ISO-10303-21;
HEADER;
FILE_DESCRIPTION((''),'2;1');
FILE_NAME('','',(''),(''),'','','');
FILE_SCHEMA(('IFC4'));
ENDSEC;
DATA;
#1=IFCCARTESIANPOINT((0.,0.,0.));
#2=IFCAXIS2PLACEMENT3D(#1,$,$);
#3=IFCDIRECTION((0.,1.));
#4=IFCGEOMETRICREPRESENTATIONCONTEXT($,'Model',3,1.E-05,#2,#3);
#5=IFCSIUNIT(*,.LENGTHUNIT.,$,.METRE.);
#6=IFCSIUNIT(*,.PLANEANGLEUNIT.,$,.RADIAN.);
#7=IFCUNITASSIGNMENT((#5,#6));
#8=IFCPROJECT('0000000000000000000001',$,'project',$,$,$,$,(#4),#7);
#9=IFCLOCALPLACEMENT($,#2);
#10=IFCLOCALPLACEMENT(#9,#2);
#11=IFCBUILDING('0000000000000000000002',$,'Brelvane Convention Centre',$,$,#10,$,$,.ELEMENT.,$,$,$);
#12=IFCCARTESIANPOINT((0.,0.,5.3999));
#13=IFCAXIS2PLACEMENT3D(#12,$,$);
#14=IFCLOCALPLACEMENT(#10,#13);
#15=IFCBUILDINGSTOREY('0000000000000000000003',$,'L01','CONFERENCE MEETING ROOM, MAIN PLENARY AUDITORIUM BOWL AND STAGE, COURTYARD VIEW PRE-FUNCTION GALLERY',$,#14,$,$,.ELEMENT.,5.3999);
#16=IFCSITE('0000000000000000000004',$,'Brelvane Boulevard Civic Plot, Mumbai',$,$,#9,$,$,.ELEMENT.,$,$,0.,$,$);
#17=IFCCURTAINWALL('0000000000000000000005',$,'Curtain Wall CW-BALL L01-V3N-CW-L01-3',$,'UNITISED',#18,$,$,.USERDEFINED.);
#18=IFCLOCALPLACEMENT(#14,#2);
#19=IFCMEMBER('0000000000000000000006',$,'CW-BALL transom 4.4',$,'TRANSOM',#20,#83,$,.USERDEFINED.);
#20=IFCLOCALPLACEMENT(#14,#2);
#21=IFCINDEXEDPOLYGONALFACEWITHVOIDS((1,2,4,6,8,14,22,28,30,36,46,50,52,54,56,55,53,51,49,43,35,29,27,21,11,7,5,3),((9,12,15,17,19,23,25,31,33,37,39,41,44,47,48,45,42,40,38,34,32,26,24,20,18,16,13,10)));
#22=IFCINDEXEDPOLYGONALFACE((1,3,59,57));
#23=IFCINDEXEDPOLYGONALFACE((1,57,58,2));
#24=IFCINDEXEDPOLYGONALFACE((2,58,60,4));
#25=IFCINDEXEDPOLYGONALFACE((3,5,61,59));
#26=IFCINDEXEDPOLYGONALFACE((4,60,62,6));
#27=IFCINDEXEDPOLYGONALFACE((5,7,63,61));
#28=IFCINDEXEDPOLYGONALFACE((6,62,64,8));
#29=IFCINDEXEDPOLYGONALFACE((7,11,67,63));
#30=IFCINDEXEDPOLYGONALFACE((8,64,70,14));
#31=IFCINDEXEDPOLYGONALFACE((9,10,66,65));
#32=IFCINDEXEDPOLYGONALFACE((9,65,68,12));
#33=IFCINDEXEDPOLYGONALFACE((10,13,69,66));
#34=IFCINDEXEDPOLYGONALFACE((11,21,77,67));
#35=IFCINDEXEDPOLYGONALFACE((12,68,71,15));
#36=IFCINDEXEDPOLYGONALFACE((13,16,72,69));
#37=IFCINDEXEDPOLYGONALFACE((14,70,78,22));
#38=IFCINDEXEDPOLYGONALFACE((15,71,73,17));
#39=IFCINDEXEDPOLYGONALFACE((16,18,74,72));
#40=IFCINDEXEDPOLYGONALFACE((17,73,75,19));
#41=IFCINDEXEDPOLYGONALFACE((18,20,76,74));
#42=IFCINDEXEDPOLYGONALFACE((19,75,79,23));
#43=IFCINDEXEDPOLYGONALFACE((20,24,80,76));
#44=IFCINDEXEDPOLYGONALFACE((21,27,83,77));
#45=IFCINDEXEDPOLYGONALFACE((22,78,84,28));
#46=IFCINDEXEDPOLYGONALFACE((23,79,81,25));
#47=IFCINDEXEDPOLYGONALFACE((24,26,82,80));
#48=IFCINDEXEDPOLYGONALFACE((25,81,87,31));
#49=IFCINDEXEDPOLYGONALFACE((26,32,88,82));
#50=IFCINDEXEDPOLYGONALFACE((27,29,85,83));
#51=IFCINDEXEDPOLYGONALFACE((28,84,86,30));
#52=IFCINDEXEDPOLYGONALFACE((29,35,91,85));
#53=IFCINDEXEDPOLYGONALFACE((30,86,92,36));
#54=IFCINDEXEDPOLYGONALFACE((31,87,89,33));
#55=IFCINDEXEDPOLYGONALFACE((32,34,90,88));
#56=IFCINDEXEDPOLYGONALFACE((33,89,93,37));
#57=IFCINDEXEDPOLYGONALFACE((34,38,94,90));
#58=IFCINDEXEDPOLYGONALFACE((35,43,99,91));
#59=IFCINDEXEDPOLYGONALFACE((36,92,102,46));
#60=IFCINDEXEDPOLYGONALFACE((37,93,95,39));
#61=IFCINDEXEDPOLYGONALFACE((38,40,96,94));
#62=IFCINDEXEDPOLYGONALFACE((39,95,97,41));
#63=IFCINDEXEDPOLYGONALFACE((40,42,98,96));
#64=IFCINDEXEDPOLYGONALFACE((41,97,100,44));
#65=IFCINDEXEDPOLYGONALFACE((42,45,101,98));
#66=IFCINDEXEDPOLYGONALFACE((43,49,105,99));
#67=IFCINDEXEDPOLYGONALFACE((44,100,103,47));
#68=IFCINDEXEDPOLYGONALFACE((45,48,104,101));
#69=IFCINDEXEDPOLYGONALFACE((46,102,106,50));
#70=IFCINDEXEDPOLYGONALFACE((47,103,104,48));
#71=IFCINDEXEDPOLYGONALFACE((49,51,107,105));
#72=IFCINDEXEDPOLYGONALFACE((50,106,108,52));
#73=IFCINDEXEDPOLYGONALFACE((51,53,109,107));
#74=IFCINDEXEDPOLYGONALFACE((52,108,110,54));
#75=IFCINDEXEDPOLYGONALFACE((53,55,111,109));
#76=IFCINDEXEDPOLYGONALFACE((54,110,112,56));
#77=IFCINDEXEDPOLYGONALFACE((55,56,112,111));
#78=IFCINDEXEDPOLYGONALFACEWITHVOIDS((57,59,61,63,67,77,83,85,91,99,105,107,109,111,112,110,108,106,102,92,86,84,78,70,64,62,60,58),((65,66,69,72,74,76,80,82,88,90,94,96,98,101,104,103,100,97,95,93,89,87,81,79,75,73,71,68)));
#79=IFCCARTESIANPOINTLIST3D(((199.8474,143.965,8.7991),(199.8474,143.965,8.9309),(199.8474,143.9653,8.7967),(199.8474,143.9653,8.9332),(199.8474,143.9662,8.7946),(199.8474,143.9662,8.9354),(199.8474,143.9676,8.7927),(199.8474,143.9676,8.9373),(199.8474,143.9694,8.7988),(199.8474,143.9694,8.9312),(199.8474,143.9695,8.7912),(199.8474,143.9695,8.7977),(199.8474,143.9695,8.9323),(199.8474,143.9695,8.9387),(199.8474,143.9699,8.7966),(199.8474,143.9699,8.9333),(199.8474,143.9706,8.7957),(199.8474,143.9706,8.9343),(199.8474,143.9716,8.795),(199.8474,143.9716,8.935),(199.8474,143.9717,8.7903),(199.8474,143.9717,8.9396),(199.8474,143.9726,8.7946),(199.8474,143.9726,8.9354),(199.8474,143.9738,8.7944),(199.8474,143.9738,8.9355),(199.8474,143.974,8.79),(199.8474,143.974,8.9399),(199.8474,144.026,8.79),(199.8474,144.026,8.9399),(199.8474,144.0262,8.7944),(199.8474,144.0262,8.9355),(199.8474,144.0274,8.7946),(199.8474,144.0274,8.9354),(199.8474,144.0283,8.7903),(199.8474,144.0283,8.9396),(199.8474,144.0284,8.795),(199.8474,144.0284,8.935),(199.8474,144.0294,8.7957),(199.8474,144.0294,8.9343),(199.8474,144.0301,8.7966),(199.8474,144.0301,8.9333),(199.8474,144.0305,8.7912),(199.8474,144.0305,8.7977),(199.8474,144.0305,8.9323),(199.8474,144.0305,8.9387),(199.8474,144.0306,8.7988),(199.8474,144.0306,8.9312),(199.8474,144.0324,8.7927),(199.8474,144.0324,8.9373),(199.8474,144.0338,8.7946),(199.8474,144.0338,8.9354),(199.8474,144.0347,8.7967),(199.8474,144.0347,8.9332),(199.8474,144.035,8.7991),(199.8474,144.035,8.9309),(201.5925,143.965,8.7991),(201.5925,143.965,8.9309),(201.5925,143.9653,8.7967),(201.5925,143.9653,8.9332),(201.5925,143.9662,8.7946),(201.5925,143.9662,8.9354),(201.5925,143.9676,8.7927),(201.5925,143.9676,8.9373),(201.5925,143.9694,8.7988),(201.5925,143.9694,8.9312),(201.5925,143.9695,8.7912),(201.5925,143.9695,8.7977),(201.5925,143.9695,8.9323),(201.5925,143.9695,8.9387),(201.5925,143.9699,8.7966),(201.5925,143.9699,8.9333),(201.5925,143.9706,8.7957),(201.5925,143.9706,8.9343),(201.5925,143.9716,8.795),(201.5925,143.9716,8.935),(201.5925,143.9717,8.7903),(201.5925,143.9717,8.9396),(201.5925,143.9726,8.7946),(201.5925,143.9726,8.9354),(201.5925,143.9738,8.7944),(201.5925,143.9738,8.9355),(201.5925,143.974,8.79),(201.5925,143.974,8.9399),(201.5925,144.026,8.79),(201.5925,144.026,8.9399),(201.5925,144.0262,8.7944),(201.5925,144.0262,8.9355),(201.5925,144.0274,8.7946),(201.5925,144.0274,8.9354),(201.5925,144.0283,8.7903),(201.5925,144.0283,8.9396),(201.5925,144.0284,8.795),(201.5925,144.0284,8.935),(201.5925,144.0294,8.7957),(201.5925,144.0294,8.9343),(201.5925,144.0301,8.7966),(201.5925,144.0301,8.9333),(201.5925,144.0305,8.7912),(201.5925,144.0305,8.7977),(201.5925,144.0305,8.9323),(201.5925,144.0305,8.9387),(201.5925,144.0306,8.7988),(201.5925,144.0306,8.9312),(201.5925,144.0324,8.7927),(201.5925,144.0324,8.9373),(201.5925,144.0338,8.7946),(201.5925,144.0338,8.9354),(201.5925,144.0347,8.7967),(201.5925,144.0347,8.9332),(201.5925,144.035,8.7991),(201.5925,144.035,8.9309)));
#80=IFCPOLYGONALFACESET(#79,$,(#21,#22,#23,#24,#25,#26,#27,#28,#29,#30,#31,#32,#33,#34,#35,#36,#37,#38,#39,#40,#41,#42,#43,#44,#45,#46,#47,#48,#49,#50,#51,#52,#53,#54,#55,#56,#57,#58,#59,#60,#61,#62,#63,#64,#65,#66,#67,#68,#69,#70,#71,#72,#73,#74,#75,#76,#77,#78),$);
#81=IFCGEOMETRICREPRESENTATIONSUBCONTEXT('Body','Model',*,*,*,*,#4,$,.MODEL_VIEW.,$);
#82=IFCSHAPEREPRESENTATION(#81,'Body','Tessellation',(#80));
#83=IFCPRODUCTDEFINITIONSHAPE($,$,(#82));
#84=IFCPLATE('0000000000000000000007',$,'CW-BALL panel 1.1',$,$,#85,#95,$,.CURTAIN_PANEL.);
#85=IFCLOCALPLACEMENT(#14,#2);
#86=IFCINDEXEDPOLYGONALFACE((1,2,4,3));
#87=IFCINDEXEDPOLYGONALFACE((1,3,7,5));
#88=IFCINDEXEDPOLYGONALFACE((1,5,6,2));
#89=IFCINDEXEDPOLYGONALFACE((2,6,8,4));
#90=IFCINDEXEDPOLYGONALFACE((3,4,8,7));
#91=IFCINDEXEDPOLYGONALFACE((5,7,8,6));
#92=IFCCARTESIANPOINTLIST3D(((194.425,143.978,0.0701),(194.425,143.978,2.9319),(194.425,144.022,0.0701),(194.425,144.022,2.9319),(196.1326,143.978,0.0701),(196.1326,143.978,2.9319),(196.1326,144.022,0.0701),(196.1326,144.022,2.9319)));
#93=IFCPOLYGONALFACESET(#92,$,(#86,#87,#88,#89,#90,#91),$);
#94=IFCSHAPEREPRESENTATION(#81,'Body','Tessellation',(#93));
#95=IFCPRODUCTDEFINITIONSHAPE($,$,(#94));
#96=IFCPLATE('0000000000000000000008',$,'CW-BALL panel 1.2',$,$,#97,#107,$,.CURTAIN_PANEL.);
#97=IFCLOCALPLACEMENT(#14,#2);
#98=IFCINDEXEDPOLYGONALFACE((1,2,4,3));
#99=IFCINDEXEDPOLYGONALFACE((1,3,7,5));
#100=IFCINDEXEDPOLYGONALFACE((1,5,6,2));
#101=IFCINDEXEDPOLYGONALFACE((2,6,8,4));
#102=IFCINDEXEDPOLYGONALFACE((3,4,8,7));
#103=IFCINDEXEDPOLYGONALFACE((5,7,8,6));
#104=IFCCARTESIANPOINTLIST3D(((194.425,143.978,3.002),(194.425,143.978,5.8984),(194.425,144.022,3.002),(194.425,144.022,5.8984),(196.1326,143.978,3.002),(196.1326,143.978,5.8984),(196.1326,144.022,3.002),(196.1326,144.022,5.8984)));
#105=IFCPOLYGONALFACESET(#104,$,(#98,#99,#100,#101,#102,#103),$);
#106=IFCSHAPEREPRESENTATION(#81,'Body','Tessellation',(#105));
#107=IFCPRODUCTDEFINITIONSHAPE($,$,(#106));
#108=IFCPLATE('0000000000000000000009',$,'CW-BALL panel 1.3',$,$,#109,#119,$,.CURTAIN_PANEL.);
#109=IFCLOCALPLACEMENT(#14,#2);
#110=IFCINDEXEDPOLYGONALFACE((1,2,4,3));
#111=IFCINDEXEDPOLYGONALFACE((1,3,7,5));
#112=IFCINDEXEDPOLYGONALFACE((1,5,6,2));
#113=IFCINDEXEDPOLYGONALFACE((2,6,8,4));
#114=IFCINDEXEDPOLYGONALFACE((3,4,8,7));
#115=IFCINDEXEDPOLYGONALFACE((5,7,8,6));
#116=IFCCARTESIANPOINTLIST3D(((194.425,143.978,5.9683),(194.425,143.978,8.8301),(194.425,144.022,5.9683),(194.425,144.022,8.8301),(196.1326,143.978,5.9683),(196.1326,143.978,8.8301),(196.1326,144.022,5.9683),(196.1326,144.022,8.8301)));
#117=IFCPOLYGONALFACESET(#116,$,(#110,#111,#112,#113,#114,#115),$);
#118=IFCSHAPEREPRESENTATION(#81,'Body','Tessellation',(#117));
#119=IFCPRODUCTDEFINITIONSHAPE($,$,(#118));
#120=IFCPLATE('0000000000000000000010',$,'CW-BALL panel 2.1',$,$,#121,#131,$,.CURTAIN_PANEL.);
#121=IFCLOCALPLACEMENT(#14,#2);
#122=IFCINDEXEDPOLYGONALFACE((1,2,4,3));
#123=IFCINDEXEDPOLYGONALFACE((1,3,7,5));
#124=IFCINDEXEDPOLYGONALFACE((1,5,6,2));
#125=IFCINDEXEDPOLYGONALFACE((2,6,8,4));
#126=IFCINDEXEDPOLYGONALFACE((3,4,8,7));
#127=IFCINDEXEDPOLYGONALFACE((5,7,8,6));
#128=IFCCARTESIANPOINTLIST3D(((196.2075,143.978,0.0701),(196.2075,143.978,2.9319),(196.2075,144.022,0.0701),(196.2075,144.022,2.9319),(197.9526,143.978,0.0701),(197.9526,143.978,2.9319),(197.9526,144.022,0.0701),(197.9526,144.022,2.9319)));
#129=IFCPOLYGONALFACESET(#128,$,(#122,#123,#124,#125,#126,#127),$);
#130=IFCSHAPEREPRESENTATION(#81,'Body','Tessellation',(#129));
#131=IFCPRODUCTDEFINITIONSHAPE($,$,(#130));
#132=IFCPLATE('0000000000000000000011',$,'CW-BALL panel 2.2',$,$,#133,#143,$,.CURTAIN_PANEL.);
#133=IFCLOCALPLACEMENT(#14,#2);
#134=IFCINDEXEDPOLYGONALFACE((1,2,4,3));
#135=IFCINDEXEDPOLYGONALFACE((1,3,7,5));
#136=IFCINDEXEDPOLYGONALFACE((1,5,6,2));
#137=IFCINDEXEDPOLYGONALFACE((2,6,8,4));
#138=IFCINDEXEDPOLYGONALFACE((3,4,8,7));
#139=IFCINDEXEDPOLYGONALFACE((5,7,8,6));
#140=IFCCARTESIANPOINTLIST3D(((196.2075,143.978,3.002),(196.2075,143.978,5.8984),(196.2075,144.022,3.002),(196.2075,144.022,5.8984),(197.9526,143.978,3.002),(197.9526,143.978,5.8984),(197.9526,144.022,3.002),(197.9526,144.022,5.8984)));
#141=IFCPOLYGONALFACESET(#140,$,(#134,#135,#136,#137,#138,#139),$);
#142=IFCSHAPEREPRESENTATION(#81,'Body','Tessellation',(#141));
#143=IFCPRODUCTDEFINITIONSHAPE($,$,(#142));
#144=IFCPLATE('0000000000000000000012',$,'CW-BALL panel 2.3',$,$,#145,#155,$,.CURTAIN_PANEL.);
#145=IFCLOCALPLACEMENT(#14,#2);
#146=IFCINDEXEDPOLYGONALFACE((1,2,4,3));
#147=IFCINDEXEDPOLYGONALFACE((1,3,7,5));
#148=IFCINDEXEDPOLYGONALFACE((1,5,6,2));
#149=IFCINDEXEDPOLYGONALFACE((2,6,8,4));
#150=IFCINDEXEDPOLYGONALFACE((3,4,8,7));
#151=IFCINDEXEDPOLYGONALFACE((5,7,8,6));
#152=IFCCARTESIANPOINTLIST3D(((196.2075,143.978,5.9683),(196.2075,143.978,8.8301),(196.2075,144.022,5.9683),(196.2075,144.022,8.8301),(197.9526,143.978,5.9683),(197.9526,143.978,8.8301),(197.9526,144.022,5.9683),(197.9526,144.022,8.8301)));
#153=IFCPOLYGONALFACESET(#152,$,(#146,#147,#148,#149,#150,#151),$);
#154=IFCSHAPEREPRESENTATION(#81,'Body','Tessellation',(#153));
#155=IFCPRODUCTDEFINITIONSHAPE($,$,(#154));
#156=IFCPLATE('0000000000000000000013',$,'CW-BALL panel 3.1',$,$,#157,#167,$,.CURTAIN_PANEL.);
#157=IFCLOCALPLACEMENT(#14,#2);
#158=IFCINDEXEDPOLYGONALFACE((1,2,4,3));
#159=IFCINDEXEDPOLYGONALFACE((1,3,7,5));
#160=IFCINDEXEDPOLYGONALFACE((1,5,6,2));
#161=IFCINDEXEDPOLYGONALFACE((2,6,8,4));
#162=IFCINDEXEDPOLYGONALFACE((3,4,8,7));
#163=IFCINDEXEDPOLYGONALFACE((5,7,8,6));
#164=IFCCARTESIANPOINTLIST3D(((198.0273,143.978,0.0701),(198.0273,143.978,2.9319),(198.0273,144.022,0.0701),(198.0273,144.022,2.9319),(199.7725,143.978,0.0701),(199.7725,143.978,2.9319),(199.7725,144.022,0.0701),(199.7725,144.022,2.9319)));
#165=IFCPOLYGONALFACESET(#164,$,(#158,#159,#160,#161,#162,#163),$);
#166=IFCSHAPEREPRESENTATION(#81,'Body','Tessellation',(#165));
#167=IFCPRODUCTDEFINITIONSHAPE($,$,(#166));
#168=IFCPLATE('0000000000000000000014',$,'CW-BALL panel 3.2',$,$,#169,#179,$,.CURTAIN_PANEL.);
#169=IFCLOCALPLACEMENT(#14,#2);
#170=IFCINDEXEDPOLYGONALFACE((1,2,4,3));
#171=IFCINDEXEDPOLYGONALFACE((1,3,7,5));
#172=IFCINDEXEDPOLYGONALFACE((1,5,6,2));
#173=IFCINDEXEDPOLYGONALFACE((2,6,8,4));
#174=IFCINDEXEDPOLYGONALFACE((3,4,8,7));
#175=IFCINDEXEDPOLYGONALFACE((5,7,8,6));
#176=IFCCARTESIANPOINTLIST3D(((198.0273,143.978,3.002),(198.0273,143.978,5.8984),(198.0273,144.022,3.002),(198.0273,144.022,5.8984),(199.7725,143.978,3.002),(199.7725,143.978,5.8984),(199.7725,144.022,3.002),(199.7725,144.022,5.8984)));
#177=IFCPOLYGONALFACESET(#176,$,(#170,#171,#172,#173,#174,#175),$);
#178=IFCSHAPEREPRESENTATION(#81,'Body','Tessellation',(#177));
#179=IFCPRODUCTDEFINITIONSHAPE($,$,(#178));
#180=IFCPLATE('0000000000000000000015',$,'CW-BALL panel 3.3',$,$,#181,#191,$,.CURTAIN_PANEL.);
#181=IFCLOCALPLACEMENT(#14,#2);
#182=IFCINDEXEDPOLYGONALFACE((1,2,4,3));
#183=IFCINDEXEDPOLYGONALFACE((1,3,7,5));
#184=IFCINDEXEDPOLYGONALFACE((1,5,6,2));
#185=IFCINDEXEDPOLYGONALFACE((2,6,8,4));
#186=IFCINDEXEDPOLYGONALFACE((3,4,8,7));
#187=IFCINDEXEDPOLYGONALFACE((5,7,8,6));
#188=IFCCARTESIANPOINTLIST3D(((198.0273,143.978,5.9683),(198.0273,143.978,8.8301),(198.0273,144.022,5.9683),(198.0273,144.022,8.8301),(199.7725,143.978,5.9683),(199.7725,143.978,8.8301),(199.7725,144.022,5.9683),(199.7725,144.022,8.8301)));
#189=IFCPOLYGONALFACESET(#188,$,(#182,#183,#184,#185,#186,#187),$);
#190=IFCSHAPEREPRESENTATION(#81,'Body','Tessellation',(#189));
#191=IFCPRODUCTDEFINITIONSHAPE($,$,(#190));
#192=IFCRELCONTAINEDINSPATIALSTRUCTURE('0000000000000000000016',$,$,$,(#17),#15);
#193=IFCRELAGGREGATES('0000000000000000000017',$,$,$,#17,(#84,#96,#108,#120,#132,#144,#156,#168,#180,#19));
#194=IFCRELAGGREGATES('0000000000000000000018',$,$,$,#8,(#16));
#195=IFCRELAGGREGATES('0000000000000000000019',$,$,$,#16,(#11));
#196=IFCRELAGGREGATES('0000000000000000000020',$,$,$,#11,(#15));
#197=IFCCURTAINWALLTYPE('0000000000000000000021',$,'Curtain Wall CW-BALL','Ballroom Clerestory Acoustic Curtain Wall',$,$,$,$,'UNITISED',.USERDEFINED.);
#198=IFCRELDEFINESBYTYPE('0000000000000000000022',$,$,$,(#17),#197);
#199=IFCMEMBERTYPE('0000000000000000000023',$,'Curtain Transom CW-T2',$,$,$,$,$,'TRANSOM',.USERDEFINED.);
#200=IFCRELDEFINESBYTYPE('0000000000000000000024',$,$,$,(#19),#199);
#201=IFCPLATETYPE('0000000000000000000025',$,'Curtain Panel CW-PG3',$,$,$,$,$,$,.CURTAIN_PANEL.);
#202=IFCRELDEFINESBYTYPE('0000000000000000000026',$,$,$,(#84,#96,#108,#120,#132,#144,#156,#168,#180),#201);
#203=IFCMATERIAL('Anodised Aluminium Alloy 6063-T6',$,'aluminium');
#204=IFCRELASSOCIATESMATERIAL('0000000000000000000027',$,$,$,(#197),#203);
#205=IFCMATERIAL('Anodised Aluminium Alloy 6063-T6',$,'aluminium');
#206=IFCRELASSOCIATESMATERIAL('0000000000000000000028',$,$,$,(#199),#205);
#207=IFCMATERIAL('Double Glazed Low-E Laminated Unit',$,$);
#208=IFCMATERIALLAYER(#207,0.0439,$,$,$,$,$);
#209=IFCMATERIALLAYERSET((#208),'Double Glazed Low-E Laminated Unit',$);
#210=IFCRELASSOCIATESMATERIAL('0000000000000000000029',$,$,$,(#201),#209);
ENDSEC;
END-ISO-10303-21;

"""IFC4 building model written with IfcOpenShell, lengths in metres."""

from ifc_helpers import new_model, si_unit, direction, frame, origin, origin_2d, place, context, subcontext, project, spatial, rectangle, hollow_rectangle, extrude, material, layer, layer_set, material_profile, profile_set, type_object, element, aggregate, save


model = new_model("IFC4")

# Units and contexts
model_context = context("Model", 3, precision=1e-05, world=origin(), true_north=direction((0.0, 1.0)))
body_context = subcontext(model_context, "Body", "Model", "MODEL_VIEW")
ifc_project = project(units=[si_unit("LENGTHUNIT", "METRE"), si_unit("PLANEANGLEUNIT", "RADIAN")], contexts=[model_context])

# Site, building, storey
site_placement = place(None, origin())
site = spatial("IfcSite", under=ifc_project, at=site_placement, Name="Brelvane Boulevard Civic Plot, Mumbai", CompositionType="ELEMENT", RefElevation=0.0)
building_placement = place(site_placement, origin())
building = spatial("IfcBuilding", under=site, at=building_placement, Name="Brelvane Convention Centre", CompositionType="ELEMENT")
storey_placement = place(building_placement, frame((0.0, 0.0, 5.3999)))
storey = spatial("IfcBuildingStorey", under=building, at=storey_placement, Name="L01", Description="CONFERENCE MEETING ROOM, MAIN PLENARY AUDITORIUM BOWL AND STAGE, COURTYARD VIEW PRE-FUNCTION GALLERY", CompositionType="ELEMENT", Elevation=5.3999)

# Shared definitions
ifc_material_1 = material(Name="Anodised Aluminium Alloy 6063-T6", Category="aluminium")
curtain_wall_type = type_object("IfcCurtainWallType", Name="Curtain Wall CW-BALL", Description="Ballroom Clerestory Acoustic Curtain Wall", ElementType="UNITISED", PredefinedType="USERDEFINED", material=ifc_material_1)

# Curtain wall, member, plates
curtain_wall_1_placement = place(storey_placement, origin())
curtain_wall_1 = element("IfcCurtainWall", 1, at=curtain_wall_1_placement, inside=storey, type_object=curtain_wall_type, Name="Curtain Wall CW-BALL L01-V3N-CW-L01-3", ObjectType="UNITISED", PredefinedType="USERDEFINED")
ifc_material_2 = material(Name="Anodised Aluminium Alloy 6063-T6", Category="aluminium")
ifc_material_profile_1 = material_profile(ifc_material_2, hollow_rectangle(XDim=0.0701, YDim=0.1499, WallThickness=0.0044, InnerFilletRadius=0.0044, OuterFilletRadius=0.009, at=origin_2d()), Name="ALU-T 150x70x4.5")
ifc_profile_set_1 = profile_set([ifc_material_profile_1], Name="Anodised Aluminium Alloy 6063-T6")
member_type_1 = type_object("IfcMemberType", Name="Curtain Transom CW-T2", ElementType="TRANSOM", PredefinedType="USERDEFINED", material=ifc_profile_set_1)
member_1_placement = place(storey_placement, frame((199.8474, 144.0, 8.865), z_axis=(1.0, 0.0, 0.0), x_axis=(0.0, 1.0, 0.0)))
member_1 = element("IfcMember", 2, at=member_1_placement, type_object=member_type_1, Name="CW-BALL transom 4.4", ObjectType="TRANSOM", PredefinedType="USERDEFINED", context=body_context, shape_type="SweptSolid", body=[
    extrude(hollow_rectangle(XDim=0.0701, YDim=0.1499, WallThickness=0.0044, InnerFilletRadius=0.0044, OuterFilletRadius=0.009, at=origin_2d()), origin(), (0.0, 0.0, 1.0), 1.7451),
])
ifc_material_3 = material(Name="Double Glazed Low-E Laminated Unit")
ifc_layer = layer(ifc_material_3, 0.0439)
ifc_layer_set = layer_set([ifc_layer], Name="Double Glazed Low-E Laminated Unit")
plate_type = type_object("IfcPlateType", Name="Curtain Panel CW-PG3", PredefinedType="CURTAIN_PANEL", material=ifc_layer_set)
plate_1_placement = place(storey_placement, frame((195.2788, 144.0, 0.0701), z_axis=(0.0, 0.0, 1.0), x_axis=(1.0, 0.0, 0.0)))
plate_1 = element("IfcPlate", 3, at=plate_1_placement, type_object=plate_type, Name="CW-BALL panel 1.1", PredefinedType="CURTAIN_PANEL", context=body_context, shape_type="SweptSolid", body=[
    extrude(rectangle(XDim=1.7075, YDim=0.0439, at=origin_2d()), origin(), (0.0, 0.0, 1.0), 2.8618),
])
plate_2_placement = place(storey_placement, frame((195.2788, 144.0, 3.002), z_axis=(0.0, 0.0, 1.0), x_axis=(1.0, 0.0, 0.0)))
plate_2 = element("IfcPlate", 4, at=plate_2_placement, type_object=plate_type, Name="CW-BALL panel 1.2", PredefinedType="CURTAIN_PANEL", context=body_context, shape_type="SweptSolid", body=[
    extrude(rectangle(XDim=1.7075, YDim=0.0439, at=origin_2d()), origin(), (0.0, 0.0, 1.0), 2.8965),
])
plate_3_placement = place(storey_placement, frame((195.2788, 144.0, 5.9683), z_axis=(0.0, 0.0, 1.0), x_axis=(1.0, 0.0, 0.0)))
plate_3 = element("IfcPlate", 5, at=plate_3_placement, type_object=plate_type, Name="CW-BALL panel 1.3", PredefinedType="CURTAIN_PANEL", context=body_context, shape_type="SweptSolid", body=[
    extrude(rectangle(XDim=1.7075, YDim=0.0439, at=origin_2d()), origin(), (0.0, 0.0, 1.0), 2.8618),
])
plate_4_placement = place(storey_placement, frame((197.0801, 144.0, 0.0701), z_axis=(0.0, 0.0, 1.0), x_axis=(1.0, 0.0, 0.0)))
plate_4 = element("IfcPlate", 6, at=plate_4_placement, type_object=plate_type, Name="CW-BALL panel 2.1", PredefinedType="CURTAIN_PANEL", context=body_context, shape_type="SweptSolid", body=[
    extrude(rectangle(XDim=1.7451, YDim=0.0439, at=origin_2d()), origin(), (0.0, 0.0, 1.0), 2.8618),
])
plate_5_placement = place(storey_placement, frame((197.0801, 144.0, 3.002), z_axis=(0.0, 0.0, 1.0), x_axis=(1.0, 0.0, 0.0)))
plate_5 = element("IfcPlate", 7, at=plate_5_placement, type_object=plate_type, Name="CW-BALL panel 2.2", PredefinedType="CURTAIN_PANEL", context=body_context, shape_type="SweptSolid", body=[
    extrude(rectangle(XDim=1.7451, YDim=0.0439, at=origin_2d()), origin(), (0.0, 0.0, 1.0), 2.8965),
])
plate_6_placement = place(storey_placement, frame((197.0801, 144.0, 5.9683), z_axis=(0.0, 0.0, 1.0), x_axis=(1.0, 0.0, 0.0)))
plate_6 = element("IfcPlate", 8, at=plate_6_placement, type_object=plate_type, Name="CW-BALL panel 2.3", PredefinedType="CURTAIN_PANEL", context=body_context, shape_type="SweptSolid", body=[
    extrude(rectangle(XDim=1.7451, YDim=0.0439, at=origin_2d()), origin(), (0.0, 0.0, 1.0), 2.8618),
])
plate_7_placement = place(storey_placement, frame((198.8999, 144.0, 0.0701), z_axis=(0.0, 0.0, 1.0), x_axis=(1.0, 0.0, 0.0)))
plate_7 = element("IfcPlate", 9, at=plate_7_placement, type_object=plate_type, Name="CW-BALL panel 3.1", PredefinedType="CURTAIN_PANEL", context=body_context, shape_type="SweptSolid", body=[
    extrude(rectangle(XDim=1.7451, YDim=0.0439, at=origin_2d()), origin(), (0.0, 0.0, 1.0), 2.8618),
])
plate_8_placement = place(storey_placement, frame((198.8999, 144.0, 3.002), z_axis=(0.0, 0.0, 1.0), x_axis=(1.0, 0.0, 0.0)))
plate_8 = element("IfcPlate", 10, at=plate_8_placement, type_object=plate_type, Name="CW-BALL panel 3.2", PredefinedType="CURTAIN_PANEL", context=body_context, shape_type="SweptSolid", body=[
    extrude(rectangle(XDim=1.7451, YDim=0.0439, at=origin_2d()), origin(), (0.0, 0.0, 1.0), 2.8965),
])
plate_9_placement = place(storey_placement, frame((198.8999, 144.0, 5.9683), z_axis=(0.0, 0.0, 1.0), x_axis=(1.0, 0.0, 0.0)))
plate_9 = element("IfcPlate", 11, at=plate_9_placement, type_object=plate_type, Name="CW-BALL panel 3.3", PredefinedType="CURTAIN_PANEL", context=body_context, shape_type="SweptSolid", body=[
    extrude(rectangle(XDim=1.7451, YDim=0.0439, at=origin_2d()), origin(), (0.0, 0.0, 1.0), 2.8618),
])
aggregate(curtain_wall_1, [plate_1, plate_2, plate_3, plate_4, plate_5, plate_6, plate_7, plate_8, plate_9, member_1])

save(model, "model.ifc")
